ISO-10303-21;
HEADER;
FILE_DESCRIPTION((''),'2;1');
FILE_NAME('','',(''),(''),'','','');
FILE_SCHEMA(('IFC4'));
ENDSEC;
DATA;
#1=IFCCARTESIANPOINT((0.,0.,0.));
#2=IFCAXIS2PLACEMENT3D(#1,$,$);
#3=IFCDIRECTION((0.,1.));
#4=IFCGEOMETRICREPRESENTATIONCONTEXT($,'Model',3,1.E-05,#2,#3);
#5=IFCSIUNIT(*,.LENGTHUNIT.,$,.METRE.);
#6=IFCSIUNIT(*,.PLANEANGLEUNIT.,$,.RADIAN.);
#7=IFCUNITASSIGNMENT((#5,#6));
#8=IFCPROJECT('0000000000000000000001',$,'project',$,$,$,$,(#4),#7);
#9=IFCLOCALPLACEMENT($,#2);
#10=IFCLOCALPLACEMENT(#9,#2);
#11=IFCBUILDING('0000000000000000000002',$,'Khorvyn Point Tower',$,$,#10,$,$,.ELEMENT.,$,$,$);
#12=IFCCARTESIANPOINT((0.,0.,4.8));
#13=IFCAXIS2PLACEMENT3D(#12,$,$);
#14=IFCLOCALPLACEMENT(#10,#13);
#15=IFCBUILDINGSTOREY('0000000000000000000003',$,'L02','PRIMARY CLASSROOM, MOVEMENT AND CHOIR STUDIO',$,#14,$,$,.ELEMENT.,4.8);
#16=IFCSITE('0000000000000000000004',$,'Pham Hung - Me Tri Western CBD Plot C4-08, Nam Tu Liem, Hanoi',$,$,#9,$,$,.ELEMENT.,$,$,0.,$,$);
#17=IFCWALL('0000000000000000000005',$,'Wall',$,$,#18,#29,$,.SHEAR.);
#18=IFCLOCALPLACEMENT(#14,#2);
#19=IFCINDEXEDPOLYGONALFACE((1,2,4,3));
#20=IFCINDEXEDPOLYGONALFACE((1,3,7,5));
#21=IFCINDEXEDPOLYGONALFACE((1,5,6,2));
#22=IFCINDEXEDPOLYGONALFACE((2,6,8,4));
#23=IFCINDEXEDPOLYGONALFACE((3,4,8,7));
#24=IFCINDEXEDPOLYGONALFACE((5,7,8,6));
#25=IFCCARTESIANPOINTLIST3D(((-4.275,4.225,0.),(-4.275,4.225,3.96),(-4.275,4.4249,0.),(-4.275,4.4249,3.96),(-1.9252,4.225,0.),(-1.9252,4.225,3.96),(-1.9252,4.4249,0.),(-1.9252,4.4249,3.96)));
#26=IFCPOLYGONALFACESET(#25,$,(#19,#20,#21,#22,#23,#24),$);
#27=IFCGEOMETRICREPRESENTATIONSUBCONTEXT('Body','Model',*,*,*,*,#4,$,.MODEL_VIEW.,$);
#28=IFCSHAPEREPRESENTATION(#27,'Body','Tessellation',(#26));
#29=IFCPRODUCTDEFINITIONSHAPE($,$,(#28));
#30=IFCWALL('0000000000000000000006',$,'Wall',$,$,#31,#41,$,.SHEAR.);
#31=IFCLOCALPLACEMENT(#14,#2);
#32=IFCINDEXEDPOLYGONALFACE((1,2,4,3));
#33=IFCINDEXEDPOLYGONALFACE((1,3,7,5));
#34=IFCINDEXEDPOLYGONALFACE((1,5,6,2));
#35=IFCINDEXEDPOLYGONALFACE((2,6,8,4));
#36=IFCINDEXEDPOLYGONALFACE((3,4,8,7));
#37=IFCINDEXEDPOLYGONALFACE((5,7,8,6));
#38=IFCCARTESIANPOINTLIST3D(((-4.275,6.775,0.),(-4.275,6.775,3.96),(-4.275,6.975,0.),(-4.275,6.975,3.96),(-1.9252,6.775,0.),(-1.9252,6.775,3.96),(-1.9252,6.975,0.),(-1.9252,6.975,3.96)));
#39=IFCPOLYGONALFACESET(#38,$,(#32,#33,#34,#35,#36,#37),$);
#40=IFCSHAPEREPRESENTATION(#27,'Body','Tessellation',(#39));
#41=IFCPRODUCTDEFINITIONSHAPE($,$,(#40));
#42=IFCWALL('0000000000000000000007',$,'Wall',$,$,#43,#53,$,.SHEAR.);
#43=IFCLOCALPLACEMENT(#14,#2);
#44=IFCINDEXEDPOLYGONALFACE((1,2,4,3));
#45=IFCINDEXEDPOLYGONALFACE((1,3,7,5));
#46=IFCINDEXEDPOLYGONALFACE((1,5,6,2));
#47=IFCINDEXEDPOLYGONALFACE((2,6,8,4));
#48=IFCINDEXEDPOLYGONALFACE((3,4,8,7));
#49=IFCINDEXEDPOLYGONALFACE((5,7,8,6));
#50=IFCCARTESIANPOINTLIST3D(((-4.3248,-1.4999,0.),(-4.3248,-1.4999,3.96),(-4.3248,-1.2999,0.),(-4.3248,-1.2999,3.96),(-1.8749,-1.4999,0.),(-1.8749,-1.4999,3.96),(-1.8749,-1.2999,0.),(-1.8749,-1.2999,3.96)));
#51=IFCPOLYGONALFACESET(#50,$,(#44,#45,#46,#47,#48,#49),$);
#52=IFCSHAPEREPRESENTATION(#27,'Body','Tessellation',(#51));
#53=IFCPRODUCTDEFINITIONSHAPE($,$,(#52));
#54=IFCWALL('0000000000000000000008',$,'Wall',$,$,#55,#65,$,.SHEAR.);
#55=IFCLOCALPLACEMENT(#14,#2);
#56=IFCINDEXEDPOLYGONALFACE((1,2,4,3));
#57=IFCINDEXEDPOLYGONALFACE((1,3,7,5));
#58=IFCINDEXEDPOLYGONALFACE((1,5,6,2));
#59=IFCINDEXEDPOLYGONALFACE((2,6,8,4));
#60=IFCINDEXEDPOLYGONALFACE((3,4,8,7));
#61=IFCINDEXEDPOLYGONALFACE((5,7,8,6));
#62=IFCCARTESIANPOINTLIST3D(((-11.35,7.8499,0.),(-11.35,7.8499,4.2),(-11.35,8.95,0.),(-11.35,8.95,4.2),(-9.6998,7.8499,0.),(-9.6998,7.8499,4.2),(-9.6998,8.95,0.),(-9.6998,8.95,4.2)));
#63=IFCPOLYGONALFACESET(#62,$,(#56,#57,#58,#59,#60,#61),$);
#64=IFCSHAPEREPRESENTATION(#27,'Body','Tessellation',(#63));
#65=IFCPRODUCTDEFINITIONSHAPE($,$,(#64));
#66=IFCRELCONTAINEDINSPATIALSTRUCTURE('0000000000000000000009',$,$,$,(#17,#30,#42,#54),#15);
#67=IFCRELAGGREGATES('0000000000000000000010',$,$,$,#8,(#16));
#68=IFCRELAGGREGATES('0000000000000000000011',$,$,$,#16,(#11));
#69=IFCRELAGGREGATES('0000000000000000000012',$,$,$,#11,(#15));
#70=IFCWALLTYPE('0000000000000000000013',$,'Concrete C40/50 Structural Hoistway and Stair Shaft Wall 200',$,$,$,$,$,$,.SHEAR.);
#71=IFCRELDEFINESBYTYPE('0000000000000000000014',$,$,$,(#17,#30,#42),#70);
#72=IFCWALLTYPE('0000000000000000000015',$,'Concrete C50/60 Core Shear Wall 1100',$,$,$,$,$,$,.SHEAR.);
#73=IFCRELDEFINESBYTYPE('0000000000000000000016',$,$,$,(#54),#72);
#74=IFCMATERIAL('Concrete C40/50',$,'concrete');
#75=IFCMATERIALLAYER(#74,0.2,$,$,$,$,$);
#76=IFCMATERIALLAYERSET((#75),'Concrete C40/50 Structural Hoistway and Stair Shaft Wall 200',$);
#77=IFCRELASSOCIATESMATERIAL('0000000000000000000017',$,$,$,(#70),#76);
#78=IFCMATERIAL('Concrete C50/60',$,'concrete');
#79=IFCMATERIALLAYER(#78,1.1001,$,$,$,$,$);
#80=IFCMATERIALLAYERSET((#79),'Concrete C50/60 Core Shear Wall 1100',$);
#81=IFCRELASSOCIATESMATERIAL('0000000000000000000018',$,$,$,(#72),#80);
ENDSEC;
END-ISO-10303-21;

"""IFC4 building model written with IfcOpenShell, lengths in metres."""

from ifc_helpers import new_model, si_unit, direction, frame, frame_2d, origin, place, context, subcontext, project, spatial, rectangle, extrude, material, layer, layer_set, type_object, element, save


model = new_model("IFC4")

# Units and contexts
model_context = context("Model", 3, precision=1e-05, world=origin(), true_north=direction((0.0, 1.0)))
body_context = subcontext(model_context, "Body", "Model", "MODEL_VIEW")
ifc_project = project(units=[si_unit("LENGTHUNIT", "METRE"), si_unit("PLANEANGLEUNIT", "RADIAN")], contexts=[model_context])

# Site, building, storey
site_placement = place(None, origin())
site = spatial("IfcSite", under=ifc_project, at=site_placement, Name="Pham Hung - Me Tri Western CBD Plot C4-08, Nam Tu Liem, Hanoi", CompositionType="ELEMENT", RefElevation=0.0)
building_placement = place(site_placement, origin())
building = spatial("IfcBuilding", under=site, at=building_placement, Name="Khorvyn Point Tower", CompositionType="ELEMENT")
storey_placement = place(building_placement, frame((0.0, 0.0, 4.8)))
storey = spatial("IfcBuildingStorey", under=building, at=storey_placement, Name="L02", Description="PRIMARY CLASSROOM, MOVEMENT AND CHOIR STUDIO", CompositionType="ELEMENT", Elevation=4.8)

# Shared definitions
ifc_material_1 = material(Name="Concrete C40/50", Category="concrete")
ifc_material_2 = material(Name="Concrete C50/60", Category="concrete")

# Shared definitions
ifc_layer_1 = layer(ifc_material_1, 0.2)
ifc_layer_set_1 = layer_set([ifc_layer_1], Name="Concrete C40/50 Structural Hoistway and Stair Shaft Wall 200")
wall_type_1 = type_object("IfcWallType", Name="Concrete C40/50 Structural Hoistway and Stair Shaft Wall 200", PredefinedType="SHEAR", material=ifc_layer_set_1)

# Walls
for number, where, z_axis, x_axis, name in (
    (1, (-4.2749, 4.325, 0.0), (0.0, 0.0, 1.0), (1.0, 0.0, 0.0), "Wall"),
    (2, (-4.2749, 6.875, 0.0), (0.0, 0.0, 1.0), (1.0, 0.0, 0.0), "Wall"),
):
    element("IfcWall", number, at=place(storey_placement, frame(where, z_axis=z_axis, x_axis=x_axis)), inside=storey, type_object=wall_type_1, Name=name, PredefinedType="SHEAR", context=body_context, shape_type="SweptSolid", body=[
        extrude(rectangle(XDim=2.3499, YDim=0.2, at=frame_2d((1.1748, 0.0))), origin(), (0.0, 0.0, 1.0), 3.96),
    ])
wall_1_placement = place(storey_placement, frame((-4.325, -1.3999, 0.0), z_axis=(0.0, 0.0, 1.0), x_axis=(1.0, 0.0, 0.0)))
element("IfcWall", 3, at=wall_1_placement, inside=storey, type_object=wall_type_1, Name="Wall", PredefinedType="SHEAR", context=body_context, shape_type="SweptSolid", body=[
    extrude(rectangle(XDim=2.45, YDim=0.2, at=frame_2d((1.2251, 0.0))), origin(), (0.0, 0.0, 1.0), 3.96),
])
ifc_layer_2 = layer(ifc_material_2, 1.1001)
ifc_layer_set_2 = layer_set([ifc_layer_2], Name="Concrete C50/60 Core Shear Wall 1100")
wall_type_2 = type_object("IfcWallType", Name="Concrete C50/60 Core Shear Wall 1100", PredefinedType="SHEAR", material=ifc_layer_set_2)
wall_2_placement = place(storey_placement, frame((-11.3501, 8.3999, 0.0), z_axis=(0.0, 0.0, 1.0), x_axis=(1.0, 0.0, 0.0)))
element("IfcWall", 4, at=wall_2_placement, inside=storey, type_object=wall_type_2, Name="Wall", PredefinedType="SHEAR", context=body_context, shape_type="SweptSolid", body=[
    extrude(rectangle(XDim=1.6501, YDim=1.1001, at=frame_2d((0.8252, 0.0))), origin(), (0.0, 0.0, 1.0), 4.2),
])

save(model, "model.ifc")
